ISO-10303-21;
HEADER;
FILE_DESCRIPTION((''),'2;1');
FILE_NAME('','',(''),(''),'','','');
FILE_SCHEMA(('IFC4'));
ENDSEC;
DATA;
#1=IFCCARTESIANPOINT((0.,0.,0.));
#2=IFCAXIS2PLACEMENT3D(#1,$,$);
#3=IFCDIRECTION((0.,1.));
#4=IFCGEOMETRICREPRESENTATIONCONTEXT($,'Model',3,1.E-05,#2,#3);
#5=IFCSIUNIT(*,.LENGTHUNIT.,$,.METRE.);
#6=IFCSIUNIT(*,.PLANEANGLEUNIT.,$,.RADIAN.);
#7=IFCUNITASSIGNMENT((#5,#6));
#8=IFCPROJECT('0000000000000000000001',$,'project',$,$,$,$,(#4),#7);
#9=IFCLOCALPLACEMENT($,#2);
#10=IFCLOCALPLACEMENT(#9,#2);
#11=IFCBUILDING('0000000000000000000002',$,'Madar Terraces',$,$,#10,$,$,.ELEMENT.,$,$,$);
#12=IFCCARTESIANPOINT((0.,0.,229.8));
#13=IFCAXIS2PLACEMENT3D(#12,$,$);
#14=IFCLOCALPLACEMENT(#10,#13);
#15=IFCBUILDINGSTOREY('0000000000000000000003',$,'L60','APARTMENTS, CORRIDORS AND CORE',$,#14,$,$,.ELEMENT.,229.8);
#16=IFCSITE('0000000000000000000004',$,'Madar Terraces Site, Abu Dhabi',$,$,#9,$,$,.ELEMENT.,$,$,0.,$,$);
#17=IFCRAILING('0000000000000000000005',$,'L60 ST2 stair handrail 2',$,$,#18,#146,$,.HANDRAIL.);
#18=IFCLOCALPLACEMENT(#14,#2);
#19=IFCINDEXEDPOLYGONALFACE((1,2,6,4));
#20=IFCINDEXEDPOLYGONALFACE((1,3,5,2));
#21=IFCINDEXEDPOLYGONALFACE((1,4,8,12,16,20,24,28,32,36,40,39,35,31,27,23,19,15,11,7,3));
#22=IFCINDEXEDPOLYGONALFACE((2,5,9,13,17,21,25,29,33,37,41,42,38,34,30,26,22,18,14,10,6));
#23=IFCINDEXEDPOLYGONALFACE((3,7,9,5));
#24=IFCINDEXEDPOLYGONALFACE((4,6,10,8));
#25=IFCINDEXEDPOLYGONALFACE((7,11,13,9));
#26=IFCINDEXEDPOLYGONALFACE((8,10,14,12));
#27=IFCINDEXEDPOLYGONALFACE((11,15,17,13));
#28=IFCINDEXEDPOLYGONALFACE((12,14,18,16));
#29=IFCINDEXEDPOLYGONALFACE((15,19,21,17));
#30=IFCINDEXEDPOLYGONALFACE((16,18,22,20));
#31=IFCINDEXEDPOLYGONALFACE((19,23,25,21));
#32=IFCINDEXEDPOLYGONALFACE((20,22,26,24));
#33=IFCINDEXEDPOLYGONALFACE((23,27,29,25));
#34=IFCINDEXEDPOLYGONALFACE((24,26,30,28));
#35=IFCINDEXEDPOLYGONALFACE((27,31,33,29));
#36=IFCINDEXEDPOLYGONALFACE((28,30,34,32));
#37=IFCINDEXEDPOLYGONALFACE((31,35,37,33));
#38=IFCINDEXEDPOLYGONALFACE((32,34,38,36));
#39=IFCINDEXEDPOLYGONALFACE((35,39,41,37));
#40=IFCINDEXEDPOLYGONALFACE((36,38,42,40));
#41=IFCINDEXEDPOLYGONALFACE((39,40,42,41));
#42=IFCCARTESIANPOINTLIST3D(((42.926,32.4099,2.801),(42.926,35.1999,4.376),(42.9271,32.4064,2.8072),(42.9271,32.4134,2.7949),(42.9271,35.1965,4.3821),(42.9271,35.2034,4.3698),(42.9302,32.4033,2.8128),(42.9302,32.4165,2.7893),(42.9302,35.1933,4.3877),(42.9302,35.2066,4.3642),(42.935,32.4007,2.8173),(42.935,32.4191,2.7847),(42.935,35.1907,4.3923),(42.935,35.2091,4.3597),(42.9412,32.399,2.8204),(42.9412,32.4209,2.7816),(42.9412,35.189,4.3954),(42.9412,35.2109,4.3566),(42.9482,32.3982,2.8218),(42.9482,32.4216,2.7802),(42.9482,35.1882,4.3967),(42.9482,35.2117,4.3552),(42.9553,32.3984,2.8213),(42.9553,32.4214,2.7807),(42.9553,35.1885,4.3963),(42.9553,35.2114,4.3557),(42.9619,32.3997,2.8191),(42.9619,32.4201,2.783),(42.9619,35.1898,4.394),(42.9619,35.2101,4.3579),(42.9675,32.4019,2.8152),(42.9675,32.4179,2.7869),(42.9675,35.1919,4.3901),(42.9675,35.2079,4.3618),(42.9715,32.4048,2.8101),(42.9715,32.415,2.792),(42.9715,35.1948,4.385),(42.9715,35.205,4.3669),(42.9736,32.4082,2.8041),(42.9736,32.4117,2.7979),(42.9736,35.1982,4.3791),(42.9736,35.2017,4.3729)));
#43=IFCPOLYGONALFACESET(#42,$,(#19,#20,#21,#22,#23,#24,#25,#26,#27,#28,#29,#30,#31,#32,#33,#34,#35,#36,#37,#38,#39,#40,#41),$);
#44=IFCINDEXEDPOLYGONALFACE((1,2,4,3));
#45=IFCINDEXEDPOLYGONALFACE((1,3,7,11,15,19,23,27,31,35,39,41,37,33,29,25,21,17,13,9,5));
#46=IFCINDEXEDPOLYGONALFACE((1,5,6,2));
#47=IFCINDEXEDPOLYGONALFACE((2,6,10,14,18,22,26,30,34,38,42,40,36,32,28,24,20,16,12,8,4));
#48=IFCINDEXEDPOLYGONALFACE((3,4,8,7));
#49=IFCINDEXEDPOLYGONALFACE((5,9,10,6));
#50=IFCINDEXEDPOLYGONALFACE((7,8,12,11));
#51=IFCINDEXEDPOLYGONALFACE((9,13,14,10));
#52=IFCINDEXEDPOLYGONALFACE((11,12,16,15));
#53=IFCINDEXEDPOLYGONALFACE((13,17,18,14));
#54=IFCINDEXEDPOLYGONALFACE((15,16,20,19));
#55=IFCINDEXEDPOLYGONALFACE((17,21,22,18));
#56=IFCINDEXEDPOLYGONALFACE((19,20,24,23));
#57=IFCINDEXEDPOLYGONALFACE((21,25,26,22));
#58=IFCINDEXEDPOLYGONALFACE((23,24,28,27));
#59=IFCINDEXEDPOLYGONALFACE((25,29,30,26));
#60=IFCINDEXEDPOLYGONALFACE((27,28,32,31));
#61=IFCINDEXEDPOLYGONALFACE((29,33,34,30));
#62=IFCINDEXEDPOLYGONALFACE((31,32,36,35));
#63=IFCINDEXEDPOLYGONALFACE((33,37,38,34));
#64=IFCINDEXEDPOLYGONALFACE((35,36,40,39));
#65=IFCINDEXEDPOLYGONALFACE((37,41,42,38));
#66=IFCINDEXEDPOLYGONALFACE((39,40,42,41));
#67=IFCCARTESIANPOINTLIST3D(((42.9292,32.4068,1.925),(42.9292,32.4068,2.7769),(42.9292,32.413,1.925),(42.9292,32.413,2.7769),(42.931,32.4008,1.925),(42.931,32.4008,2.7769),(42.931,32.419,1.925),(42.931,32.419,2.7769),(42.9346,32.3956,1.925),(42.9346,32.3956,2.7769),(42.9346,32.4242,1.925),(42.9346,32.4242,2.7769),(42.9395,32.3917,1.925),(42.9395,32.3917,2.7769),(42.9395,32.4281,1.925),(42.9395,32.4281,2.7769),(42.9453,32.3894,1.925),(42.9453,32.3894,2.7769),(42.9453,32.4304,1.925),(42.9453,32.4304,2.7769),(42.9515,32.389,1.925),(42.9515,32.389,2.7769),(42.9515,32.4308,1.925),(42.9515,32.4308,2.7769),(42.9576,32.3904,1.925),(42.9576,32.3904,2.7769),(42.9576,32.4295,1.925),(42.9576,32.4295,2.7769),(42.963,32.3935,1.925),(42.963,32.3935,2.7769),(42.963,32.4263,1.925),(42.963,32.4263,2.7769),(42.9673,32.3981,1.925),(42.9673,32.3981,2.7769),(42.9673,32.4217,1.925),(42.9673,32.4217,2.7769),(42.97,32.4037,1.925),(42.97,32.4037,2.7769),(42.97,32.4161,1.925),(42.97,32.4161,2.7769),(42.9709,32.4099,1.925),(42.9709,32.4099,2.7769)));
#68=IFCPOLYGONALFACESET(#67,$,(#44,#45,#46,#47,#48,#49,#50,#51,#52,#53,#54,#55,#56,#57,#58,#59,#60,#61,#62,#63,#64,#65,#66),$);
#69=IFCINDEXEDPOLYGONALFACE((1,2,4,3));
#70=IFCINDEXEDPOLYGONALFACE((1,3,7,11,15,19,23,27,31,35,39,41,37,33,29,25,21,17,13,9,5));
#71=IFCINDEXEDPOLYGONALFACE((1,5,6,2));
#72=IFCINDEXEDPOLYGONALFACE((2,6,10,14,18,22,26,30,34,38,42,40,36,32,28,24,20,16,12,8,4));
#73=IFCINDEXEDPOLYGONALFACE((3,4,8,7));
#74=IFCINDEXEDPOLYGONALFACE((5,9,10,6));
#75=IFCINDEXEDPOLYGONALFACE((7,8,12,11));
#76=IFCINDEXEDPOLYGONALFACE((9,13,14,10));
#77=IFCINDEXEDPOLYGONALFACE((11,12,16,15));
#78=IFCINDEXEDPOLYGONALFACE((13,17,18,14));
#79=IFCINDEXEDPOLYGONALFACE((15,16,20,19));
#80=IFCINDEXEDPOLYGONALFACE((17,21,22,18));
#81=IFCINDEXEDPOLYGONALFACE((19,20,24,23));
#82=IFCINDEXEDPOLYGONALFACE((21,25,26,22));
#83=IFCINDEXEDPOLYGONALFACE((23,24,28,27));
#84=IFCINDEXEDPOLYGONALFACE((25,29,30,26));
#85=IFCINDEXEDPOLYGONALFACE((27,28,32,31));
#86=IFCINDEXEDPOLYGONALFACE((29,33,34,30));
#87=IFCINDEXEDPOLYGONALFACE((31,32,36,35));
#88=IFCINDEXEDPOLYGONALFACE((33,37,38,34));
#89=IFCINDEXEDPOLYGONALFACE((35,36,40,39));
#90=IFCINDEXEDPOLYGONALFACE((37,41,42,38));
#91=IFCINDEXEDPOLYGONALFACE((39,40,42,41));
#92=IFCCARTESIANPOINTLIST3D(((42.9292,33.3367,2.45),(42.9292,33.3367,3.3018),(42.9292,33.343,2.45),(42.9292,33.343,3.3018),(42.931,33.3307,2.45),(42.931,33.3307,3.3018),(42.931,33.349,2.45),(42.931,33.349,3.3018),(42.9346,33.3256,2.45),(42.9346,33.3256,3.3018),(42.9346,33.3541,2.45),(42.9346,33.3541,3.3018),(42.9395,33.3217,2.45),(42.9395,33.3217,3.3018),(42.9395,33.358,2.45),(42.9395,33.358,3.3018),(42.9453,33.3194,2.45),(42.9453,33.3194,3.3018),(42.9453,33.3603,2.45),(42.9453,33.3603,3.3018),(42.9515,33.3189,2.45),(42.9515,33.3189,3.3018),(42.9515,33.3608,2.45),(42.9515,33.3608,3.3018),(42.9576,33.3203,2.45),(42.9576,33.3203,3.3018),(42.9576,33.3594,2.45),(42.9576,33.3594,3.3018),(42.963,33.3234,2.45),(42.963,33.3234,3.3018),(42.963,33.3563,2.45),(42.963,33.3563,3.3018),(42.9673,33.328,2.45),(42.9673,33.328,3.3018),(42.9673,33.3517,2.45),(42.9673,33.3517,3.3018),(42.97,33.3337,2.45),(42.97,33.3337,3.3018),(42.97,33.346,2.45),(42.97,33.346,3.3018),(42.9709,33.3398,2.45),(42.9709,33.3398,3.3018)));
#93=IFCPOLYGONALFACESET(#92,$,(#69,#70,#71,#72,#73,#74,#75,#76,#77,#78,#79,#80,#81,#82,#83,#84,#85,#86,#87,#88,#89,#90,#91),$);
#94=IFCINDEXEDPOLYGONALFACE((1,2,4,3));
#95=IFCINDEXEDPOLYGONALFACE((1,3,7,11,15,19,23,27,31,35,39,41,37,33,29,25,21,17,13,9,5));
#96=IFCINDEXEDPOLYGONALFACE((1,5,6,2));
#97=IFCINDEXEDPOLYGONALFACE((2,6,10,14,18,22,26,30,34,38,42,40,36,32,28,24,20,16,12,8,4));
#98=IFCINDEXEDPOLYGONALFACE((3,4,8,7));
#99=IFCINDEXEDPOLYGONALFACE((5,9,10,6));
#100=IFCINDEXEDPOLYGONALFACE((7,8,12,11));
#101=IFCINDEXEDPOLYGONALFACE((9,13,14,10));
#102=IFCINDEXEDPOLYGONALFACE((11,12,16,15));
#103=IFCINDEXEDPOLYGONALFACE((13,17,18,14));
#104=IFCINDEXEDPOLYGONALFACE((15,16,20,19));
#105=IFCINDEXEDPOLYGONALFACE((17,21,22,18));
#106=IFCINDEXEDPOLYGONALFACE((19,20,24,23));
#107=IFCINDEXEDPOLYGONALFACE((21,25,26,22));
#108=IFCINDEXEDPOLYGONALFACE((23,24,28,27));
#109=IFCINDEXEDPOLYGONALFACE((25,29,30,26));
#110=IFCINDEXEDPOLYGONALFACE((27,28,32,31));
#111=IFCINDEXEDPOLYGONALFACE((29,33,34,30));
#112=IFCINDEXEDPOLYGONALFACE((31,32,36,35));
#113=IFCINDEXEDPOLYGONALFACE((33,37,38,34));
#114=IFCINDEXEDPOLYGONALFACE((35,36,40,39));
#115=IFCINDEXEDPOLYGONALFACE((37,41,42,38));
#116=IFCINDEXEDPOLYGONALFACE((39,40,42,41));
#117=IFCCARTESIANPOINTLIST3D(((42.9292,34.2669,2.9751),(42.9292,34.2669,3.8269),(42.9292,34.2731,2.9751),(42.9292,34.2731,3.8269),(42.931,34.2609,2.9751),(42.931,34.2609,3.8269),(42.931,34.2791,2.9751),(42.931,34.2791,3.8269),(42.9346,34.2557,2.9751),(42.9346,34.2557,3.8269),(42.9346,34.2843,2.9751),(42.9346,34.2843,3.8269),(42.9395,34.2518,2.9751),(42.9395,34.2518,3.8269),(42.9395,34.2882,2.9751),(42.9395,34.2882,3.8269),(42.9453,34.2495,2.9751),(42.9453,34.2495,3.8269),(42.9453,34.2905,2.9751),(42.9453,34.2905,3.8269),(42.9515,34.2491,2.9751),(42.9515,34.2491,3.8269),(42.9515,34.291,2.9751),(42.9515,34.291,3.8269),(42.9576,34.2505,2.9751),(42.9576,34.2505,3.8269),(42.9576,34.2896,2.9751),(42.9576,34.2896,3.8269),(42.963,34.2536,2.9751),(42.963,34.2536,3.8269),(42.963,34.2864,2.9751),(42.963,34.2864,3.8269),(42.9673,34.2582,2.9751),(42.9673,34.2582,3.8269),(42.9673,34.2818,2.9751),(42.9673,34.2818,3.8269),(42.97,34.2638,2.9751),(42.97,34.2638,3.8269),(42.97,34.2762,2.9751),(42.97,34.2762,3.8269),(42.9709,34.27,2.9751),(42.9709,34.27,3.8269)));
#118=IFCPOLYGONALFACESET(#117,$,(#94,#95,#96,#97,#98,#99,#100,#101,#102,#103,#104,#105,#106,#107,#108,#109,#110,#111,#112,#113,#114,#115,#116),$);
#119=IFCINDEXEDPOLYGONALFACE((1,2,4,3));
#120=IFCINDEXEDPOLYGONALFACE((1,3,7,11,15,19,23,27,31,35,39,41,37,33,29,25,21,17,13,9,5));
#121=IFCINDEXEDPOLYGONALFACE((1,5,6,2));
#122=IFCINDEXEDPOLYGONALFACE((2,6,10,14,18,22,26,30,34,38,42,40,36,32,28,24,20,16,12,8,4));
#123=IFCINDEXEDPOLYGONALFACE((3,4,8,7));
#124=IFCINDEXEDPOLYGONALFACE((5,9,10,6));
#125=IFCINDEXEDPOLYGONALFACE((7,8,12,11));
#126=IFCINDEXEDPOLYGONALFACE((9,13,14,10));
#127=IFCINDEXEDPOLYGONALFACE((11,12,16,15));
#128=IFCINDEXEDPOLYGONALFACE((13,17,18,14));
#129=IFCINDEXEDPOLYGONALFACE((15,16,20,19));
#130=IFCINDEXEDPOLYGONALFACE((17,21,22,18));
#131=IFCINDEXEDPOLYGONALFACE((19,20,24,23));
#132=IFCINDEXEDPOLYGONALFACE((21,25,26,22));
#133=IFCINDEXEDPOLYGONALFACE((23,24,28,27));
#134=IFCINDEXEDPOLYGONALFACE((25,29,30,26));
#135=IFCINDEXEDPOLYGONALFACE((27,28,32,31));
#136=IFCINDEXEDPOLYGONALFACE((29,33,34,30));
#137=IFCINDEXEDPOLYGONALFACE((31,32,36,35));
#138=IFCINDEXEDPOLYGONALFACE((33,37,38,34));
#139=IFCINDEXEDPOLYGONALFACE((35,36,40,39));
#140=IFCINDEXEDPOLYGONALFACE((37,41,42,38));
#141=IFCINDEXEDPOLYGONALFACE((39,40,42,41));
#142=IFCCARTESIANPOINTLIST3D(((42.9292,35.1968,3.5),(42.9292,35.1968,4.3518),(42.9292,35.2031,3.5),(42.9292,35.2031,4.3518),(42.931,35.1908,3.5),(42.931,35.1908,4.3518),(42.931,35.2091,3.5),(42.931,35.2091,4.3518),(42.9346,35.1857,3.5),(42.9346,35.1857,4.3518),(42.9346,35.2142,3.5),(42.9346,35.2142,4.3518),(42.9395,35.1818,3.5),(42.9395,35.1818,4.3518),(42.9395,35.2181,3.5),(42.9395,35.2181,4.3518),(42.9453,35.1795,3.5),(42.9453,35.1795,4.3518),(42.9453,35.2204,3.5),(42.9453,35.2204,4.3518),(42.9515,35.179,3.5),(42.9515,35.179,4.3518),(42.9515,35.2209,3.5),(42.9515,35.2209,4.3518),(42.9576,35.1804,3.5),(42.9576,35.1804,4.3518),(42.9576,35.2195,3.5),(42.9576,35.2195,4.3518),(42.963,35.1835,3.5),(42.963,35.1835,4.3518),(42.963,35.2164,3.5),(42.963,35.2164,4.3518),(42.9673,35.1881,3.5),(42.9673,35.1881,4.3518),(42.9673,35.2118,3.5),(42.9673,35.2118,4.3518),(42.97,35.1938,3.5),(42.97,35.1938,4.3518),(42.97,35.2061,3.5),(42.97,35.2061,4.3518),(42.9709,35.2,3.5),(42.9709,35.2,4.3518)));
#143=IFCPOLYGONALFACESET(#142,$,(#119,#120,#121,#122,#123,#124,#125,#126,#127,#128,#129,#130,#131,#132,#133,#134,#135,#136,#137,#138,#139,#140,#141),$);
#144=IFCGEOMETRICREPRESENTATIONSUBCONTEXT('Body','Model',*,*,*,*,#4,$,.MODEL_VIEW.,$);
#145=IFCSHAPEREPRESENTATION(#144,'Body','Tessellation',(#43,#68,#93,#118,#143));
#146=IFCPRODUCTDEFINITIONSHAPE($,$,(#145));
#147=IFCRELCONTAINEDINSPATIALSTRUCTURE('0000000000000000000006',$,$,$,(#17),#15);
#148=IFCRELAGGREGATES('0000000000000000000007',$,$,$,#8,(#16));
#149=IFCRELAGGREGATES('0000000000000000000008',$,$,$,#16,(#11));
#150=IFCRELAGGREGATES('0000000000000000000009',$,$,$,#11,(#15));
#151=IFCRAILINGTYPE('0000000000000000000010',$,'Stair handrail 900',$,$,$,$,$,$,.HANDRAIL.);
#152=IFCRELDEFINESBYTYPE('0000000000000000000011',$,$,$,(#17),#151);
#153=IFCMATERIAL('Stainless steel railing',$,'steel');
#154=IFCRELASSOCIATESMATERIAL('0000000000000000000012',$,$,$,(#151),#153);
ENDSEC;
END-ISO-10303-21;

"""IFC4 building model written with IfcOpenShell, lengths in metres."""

from ifc_helpers import new_model, si_unit, direction, frame, origin, origin_2d, place, context, subcontext, project, spatial, circle, extrude, material, type_object, element, save


model = new_model("IFC4")

# Units and contexts
model_context = context("Model", 3, precision=1e-05, world=origin(), true_north=direction((0.0, 1.0)))
body_context = subcontext(model_context, "Body", "Model", "MODEL_VIEW")
ifc_project = project(units=[si_unit("LENGTHUNIT", "METRE"), si_unit("PLANEANGLEUNIT", "RADIAN")], contexts=[model_context])

# Site, building, storey
site_placement = place(None, origin())
site = spatial("IfcSite", under=ifc_project, at=site_placement, Name="Madar Terraces Site, Abu Dhabi", CompositionType="ELEMENT", RefElevation=0.0)
building_placement = place(site_placement, origin())
building = spatial("IfcBuilding", under=site, at=building_placement, Name="Madar Terraces", CompositionType="ELEMENT")
storey_placement = place(building_placement, frame((0.0, 0.0, 229.8)))
storey = spatial("IfcBuildingStorey", under=building, at=storey_placement, Name="L60", Description="APARTMENTS, CORRIDORS AND CORE", CompositionType="ELEMENT", Elevation=229.8)

# Railing
ifc_material_1 = material(Name="Stainless steel railing", Category="steel")
railing_type_1 = type_object("IfcRailingType", Name="Stair handrail 900", PredefinedType="HANDRAIL", material=ifc_material_1)
railing_1_placement = place(storey_placement, frame((42.95, 32.4099, 1.925)))
element("IfcRailing", 1, at=railing_1_placement, inside=storey, type_object=railing_type_1, Name="L60 ST2 stair handrail 2", PredefinedType="HANDRAIL", context=body_context, shape_type="SweptSolid", body=[
    extrude(circle(Radius=0.0239, at=origin_2d()), frame((0.0, 0.0, 0.876), z_axis=(0.0, 0.870834, 0.491578), x_axis=(-1.0, 0.0, 0.0)), (0.0, 0.0, 1.0), 3.2039),
    extrude(circle(Radius=0.021, at=origin_2d()), origin(), (0.0, 0.0, 1.0), 0.8518),
    extrude(circle(Radius=0.021, at=origin_2d()), frame((0.0, 0.9299, 0.5249)), (0.0, 0.0, 1.0), 0.8518),
    extrude(circle(Radius=0.021, at=origin_2d()), frame((0.0, 1.8601, 1.05)), (0.0, 0.0, 1.0), 0.8518),
    extrude(circle(Radius=0.021, at=origin_2d()), frame((0.0, 2.79, 1.575)), (0.0, 0.0, 1.0), 0.8518),
])

save(model, "model.ifc")
